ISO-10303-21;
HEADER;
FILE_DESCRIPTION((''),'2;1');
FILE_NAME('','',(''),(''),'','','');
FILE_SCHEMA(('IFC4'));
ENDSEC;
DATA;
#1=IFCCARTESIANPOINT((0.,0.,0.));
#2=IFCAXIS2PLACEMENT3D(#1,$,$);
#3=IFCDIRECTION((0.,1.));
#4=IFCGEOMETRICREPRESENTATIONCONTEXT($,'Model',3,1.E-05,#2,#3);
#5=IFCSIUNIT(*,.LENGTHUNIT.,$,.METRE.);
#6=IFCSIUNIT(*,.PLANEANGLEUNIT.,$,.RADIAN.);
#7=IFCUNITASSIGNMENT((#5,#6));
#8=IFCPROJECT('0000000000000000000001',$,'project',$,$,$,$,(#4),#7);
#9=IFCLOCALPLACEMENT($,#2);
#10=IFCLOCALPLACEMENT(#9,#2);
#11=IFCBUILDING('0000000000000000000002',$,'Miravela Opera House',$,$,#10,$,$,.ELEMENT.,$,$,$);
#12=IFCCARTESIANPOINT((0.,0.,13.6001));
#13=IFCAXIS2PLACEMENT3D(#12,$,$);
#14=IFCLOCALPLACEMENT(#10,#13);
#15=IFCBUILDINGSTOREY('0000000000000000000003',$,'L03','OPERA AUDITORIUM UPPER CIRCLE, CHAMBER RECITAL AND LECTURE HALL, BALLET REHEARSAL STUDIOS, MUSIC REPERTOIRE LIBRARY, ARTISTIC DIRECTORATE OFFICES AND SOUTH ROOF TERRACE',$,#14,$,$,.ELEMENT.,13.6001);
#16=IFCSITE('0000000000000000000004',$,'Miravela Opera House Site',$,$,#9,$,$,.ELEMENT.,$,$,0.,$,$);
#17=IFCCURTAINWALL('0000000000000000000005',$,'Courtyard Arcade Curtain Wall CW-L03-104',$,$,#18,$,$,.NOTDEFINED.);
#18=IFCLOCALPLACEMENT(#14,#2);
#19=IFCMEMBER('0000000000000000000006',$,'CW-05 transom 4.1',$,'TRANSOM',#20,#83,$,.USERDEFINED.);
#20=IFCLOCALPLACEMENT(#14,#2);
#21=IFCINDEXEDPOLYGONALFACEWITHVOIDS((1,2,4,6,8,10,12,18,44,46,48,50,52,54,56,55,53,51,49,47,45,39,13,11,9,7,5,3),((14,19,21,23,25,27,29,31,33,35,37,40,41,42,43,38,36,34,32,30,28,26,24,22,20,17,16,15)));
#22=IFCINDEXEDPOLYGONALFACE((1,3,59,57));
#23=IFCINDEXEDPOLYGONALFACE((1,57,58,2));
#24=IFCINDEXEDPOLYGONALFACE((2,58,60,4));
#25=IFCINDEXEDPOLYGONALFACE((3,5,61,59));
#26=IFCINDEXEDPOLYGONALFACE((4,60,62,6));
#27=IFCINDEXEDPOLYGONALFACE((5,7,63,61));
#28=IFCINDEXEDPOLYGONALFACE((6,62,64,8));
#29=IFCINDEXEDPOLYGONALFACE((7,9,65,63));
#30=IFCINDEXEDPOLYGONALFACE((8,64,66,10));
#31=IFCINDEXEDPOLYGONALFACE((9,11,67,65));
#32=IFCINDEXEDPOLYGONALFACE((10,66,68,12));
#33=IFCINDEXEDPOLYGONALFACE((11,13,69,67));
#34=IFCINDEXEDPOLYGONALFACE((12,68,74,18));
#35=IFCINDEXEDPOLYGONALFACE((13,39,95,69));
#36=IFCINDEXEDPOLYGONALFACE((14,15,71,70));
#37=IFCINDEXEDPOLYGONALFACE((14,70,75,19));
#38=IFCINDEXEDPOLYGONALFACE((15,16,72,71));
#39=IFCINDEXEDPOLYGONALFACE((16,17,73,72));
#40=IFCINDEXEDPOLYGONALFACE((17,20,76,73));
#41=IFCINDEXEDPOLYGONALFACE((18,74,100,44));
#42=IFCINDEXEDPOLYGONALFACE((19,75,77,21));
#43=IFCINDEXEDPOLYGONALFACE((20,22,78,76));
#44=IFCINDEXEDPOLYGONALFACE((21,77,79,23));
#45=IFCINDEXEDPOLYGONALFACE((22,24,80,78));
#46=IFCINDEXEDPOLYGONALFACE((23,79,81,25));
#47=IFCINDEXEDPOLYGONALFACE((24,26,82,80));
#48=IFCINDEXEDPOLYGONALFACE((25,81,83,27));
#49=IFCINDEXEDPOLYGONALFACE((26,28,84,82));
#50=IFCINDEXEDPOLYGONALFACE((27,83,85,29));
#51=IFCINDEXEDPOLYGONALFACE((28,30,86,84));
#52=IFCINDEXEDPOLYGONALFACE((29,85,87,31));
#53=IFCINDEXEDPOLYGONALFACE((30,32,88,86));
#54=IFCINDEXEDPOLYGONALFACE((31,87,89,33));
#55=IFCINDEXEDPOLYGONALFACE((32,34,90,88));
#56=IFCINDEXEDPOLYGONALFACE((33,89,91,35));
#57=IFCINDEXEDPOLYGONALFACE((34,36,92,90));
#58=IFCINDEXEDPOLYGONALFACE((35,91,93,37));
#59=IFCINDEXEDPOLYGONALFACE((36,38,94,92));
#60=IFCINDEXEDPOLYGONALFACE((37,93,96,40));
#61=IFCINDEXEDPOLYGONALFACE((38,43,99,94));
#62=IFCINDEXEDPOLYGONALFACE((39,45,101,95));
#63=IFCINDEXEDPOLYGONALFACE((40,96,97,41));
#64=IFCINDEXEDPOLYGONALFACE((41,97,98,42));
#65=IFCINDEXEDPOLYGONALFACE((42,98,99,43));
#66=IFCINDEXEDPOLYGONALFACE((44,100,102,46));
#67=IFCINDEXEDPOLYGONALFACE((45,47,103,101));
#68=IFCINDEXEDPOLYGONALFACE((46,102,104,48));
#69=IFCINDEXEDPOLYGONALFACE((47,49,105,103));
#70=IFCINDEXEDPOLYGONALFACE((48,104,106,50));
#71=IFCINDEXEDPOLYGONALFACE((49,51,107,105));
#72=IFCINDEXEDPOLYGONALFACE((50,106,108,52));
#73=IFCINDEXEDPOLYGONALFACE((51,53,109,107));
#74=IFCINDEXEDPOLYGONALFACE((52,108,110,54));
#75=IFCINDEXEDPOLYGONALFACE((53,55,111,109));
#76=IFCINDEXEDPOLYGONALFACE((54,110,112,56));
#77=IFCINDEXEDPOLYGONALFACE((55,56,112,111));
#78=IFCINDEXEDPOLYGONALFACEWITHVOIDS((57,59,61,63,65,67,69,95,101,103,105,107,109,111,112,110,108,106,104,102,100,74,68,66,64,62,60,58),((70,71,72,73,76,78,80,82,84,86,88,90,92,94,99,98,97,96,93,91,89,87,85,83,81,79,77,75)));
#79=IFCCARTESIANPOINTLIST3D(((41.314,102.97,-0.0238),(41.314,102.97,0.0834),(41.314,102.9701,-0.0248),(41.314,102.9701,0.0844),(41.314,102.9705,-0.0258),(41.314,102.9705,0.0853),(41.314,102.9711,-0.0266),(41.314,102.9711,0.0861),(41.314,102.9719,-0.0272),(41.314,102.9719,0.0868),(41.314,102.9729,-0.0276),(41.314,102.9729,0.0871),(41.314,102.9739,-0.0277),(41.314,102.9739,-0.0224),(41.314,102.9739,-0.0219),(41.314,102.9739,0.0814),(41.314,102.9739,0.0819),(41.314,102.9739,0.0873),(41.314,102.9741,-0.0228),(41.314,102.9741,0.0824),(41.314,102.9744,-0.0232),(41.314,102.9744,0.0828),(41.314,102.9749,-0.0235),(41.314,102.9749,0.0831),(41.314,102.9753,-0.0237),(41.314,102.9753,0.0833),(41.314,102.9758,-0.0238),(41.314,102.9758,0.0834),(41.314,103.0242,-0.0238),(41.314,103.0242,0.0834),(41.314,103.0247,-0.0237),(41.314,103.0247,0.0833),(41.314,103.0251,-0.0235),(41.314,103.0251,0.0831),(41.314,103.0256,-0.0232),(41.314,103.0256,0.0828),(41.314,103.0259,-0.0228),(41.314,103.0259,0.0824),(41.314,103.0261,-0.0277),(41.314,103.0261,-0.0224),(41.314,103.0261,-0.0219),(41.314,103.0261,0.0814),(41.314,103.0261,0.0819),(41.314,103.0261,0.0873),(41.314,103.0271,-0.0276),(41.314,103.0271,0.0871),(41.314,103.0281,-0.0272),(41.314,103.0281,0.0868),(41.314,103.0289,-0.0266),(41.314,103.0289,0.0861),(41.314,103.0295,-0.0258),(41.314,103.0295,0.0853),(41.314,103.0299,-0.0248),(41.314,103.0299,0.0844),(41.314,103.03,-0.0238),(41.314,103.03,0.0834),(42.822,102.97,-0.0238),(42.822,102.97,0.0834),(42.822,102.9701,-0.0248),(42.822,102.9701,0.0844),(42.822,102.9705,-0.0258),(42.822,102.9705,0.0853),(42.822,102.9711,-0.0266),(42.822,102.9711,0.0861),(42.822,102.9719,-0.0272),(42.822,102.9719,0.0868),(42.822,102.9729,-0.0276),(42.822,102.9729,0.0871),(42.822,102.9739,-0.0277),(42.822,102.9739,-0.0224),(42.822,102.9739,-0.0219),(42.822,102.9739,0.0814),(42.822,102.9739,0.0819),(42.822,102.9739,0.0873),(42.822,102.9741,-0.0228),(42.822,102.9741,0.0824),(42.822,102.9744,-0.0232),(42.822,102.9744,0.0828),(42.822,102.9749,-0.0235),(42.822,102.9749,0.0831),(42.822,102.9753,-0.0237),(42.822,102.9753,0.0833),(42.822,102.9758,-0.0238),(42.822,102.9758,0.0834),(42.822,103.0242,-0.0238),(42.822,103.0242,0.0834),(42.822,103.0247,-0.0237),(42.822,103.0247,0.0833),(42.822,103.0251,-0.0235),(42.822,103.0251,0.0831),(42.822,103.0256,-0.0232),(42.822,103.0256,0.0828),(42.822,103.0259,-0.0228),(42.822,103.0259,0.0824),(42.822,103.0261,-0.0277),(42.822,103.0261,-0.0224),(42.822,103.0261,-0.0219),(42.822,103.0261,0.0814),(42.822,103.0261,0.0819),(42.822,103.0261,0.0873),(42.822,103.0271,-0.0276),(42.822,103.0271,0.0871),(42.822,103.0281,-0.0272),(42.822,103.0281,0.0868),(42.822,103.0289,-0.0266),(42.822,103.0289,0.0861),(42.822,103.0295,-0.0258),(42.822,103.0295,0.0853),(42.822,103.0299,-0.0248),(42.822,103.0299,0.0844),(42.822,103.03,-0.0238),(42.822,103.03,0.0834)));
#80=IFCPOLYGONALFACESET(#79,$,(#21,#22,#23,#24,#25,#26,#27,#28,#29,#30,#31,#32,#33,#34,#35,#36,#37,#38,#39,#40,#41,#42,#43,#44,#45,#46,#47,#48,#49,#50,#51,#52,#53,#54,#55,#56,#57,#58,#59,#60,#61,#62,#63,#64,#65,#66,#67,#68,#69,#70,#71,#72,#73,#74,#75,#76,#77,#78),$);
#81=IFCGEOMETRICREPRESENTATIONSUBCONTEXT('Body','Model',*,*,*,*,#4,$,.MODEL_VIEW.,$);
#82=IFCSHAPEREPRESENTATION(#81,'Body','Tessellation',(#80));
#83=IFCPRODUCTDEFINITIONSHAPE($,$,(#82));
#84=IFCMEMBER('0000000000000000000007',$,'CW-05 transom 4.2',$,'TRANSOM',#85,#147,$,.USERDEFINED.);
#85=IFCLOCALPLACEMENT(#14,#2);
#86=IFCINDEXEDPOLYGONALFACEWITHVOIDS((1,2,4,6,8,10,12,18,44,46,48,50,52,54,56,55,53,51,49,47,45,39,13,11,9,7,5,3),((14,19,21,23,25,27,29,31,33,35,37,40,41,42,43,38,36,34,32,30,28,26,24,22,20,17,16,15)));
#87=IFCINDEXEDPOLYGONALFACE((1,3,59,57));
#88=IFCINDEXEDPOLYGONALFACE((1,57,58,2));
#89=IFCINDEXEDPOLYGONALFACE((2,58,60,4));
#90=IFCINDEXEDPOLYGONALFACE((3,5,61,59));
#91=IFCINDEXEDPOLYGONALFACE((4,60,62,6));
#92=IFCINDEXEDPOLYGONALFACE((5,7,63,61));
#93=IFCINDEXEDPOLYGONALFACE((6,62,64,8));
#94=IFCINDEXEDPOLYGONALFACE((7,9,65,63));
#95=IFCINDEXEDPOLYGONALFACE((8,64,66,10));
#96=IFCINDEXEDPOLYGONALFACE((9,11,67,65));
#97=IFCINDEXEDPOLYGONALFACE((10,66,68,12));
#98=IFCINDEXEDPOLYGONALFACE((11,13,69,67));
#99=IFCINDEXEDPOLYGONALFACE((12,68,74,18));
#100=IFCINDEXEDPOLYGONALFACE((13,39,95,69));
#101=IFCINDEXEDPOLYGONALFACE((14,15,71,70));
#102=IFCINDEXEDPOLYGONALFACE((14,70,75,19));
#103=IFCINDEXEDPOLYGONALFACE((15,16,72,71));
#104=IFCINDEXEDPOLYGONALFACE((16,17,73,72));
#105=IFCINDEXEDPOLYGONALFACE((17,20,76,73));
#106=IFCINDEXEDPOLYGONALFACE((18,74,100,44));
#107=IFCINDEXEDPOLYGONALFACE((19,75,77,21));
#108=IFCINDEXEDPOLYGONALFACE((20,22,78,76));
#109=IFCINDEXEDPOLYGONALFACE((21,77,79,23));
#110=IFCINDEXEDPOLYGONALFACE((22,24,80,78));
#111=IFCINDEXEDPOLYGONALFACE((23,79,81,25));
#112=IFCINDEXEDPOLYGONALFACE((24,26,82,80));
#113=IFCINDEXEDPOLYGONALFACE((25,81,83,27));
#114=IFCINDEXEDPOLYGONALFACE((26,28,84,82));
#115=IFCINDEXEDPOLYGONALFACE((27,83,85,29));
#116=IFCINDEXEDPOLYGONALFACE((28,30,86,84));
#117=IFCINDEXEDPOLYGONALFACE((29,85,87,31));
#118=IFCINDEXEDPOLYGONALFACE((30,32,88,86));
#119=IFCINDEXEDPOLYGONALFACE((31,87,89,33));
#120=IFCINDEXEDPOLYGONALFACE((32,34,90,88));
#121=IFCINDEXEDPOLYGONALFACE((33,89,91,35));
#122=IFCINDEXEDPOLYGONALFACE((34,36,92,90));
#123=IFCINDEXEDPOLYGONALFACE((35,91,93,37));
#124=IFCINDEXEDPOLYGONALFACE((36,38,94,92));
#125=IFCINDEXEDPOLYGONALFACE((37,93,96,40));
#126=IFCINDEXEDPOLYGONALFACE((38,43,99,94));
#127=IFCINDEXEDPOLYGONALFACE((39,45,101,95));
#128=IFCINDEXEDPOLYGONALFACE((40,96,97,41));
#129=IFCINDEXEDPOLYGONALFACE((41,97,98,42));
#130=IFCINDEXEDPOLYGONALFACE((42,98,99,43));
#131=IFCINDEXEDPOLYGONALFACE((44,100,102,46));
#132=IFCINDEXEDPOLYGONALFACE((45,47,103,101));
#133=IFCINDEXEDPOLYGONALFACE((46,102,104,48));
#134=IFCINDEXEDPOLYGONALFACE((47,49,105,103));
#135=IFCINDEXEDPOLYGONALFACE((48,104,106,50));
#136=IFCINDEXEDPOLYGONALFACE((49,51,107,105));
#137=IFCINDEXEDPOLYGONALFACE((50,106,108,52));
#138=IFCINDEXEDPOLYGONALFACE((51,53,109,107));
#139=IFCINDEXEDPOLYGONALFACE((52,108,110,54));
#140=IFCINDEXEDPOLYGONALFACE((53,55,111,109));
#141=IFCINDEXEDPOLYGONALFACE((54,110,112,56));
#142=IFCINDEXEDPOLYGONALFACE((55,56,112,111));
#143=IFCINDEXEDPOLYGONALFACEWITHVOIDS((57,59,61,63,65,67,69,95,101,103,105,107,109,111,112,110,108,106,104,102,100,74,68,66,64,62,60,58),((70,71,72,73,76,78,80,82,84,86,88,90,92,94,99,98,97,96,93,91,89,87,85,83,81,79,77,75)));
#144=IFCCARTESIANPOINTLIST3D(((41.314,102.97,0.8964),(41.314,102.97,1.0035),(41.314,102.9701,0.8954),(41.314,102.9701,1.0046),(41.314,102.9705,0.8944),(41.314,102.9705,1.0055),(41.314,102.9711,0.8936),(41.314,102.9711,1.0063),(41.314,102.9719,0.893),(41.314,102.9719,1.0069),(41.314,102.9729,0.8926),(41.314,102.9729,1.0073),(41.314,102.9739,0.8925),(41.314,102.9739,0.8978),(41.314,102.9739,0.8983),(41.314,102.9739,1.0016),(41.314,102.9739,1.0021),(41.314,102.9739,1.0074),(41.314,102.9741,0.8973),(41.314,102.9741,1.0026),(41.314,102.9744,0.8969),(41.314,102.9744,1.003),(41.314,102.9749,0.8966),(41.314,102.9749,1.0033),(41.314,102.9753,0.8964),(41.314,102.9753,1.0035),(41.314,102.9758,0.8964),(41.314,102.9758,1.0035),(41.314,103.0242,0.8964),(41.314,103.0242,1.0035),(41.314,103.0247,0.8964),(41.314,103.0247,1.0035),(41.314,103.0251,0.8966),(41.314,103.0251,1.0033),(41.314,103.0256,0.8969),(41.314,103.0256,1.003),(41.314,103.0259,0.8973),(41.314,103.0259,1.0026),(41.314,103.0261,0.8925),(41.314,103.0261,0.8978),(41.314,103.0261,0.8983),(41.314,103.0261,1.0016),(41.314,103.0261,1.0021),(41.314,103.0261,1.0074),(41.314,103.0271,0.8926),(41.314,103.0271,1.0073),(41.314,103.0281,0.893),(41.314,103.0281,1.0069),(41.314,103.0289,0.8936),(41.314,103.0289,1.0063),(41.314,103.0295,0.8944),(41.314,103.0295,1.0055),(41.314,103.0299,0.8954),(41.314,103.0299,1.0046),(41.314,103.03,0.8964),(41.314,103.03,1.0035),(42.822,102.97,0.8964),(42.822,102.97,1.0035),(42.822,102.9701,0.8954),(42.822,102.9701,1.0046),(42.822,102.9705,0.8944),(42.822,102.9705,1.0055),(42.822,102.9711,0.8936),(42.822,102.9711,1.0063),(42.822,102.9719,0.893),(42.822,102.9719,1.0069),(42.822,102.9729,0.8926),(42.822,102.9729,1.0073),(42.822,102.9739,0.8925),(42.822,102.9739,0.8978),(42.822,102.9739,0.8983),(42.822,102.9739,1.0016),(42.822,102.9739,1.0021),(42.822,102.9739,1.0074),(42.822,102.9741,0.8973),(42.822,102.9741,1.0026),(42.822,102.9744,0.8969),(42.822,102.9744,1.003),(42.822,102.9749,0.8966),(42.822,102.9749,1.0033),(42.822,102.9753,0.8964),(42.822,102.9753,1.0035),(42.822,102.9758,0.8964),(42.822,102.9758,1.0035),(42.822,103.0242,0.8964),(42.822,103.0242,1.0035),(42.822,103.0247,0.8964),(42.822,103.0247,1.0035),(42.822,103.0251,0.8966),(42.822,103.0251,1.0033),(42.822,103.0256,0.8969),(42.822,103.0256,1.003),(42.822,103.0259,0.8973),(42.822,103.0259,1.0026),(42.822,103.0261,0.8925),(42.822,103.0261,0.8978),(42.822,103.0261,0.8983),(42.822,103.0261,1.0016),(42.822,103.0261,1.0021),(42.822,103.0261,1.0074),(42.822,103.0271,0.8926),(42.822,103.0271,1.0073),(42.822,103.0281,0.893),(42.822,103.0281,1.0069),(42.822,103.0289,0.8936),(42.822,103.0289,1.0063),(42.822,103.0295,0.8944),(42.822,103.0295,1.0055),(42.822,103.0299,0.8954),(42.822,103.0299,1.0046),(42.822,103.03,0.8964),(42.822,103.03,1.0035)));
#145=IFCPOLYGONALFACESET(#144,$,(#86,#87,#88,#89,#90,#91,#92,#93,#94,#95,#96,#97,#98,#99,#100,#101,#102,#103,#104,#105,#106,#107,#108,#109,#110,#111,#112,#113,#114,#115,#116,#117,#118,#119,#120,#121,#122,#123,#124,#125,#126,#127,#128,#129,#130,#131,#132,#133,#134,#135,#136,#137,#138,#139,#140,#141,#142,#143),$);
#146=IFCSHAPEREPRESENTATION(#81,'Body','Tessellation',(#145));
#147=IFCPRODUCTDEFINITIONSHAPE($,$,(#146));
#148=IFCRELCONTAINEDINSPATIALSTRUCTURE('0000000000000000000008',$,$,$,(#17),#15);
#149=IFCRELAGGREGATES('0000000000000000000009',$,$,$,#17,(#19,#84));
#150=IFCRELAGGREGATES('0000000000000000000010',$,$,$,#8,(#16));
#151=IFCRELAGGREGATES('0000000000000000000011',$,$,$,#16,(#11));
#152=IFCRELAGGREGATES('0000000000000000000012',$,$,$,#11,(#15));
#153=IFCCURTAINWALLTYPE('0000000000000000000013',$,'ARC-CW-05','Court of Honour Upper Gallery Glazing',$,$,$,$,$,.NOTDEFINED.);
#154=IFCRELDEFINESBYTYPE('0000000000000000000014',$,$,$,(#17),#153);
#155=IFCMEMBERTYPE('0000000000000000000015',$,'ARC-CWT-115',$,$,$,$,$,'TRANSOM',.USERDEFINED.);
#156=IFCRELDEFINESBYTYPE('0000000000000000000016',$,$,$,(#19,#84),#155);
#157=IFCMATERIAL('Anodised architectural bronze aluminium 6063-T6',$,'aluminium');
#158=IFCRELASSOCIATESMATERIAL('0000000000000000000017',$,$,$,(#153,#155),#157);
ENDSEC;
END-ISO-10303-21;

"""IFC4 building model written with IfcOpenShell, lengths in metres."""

from ifc_helpers import new_model, si_unit, direction, frame, origin, origin_2d, place, context, subcontext, project, spatial, hollow_rectangle, extrude, material, material_profile, profile_set, type_object, element, aggregate, save


model = new_model("IFC4")

# Units and contexts
model_context = context("Model", 3, precision=1e-05, world=origin(), true_north=direction((0.0, 1.0)))
body_context = subcontext(model_context, "Body", "Model", "MODEL_VIEW")
ifc_project = project(units=[si_unit("LENGTHUNIT", "METRE"), si_unit("PLANEANGLEUNIT", "RADIAN")], contexts=[model_context])

# Site, building, storey
site_placement = place(None, origin())
site = spatial("IfcSite", under=ifc_project, at=site_placement, Name="Miravela Opera House Site", CompositionType="ELEMENT", RefElevation=0.0)
building_placement = place(site_placement, origin())
building = spatial("IfcBuilding", under=site, at=building_placement, Name="Miravela Opera House", CompositionType="ELEMENT")
storey_placement = place(building_placement, frame((0.0, 0.0, 13.6001)))
storey = spatial("IfcBuildingStorey", under=building, at=storey_placement, Name="L03", Description="OPERA AUDITORIUM UPPER CIRCLE, CHAMBER RECITAL AND LECTURE HALL, BALLET REHEARSAL STUDIOS, MUSIC REPERTOIRE LIBRARY, ARTISTIC DIRECTORATE OFFICES AND SOUTH ROOF TERRACE", CompositionType="ELEMENT", Elevation=13.6001)

# Curtain wall, members
ifc_material_1 = material(Name="Anodised architectural bronze aluminium 6063-T6", Category="aluminium")
curtain_wall_type = type_object("IfcCurtainWallType", Name="ARC-CW-05", Description="Court of Honour Upper Gallery Glazing", PredefinedType="NOTDEFINED", material=ifc_material_1)
curtain_wall_placement = place(storey_placement, origin())
curtain_wall = element("IfcCurtainWall", 1, at=curtain_wall_placement, inside=storey, type_object=curtain_wall_type, Name="Courtyard Arcade Curtain Wall CW-L03-104", PredefinedType="NOTDEFINED")
ifc_material_profile_1 = material_profile(ifc_material_1, hollow_rectangle(XDim=0.0601, YDim=0.115, WallThickness=0.0039, InnerFilletRadius=0.002, OuterFilletRadius=0.0039, at=origin_2d()), Name="CWT-60X115")
ifc_profile_set_1 = profile_set([ifc_material_profile_1])
member_type_1 = type_object("IfcMemberType", Name="ARC-CWT-115", ElementType="TRANSOM", PredefinedType="USERDEFINED", material=ifc_profile_set_1)
member_1_placement = place(storey_placement, frame((41.314, 103.0, 0.0298), z_axis=(1.0, 0.0, 0.0), x_axis=(0.0, 1.0, 0.0)))
member_1 = element("IfcMember", 2, at=member_1_placement, type_object=member_type_1, Name="CW-05 transom 4.1", ObjectType="TRANSOM", PredefinedType="USERDEFINED", context=body_context, shape_type="SweptSolid", body=[
    extrude(hollow_rectangle(XDim=0.0601, YDim=0.115, WallThickness=0.0039, InnerFilletRadius=0.002, OuterFilletRadius=0.0039, at=origin_2d()), origin(), (0.0, 0.0, 1.0), 1.5081),
])
member_2_placement = place(storey_placement, frame((41.314, 103.0, 0.95), z_axis=(1.0, 0.0, 0.0), x_axis=(0.0, 1.0, 0.0)))
member_2 = element("IfcMember", 3, at=member_2_placement, type_object=member_type_1, Name="CW-05 transom 4.2", ObjectType="TRANSOM", PredefinedType="USERDEFINED", context=body_context, shape_type="SweptSolid", body=[
    extrude(hollow_rectangle(XDim=0.0601, YDim=0.115, WallThickness=0.0039, InnerFilletRadius=0.002, OuterFilletRadius=0.0039, at=origin_2d()), origin(), (0.0, 0.0, 1.0), 1.5081),
])

aggregate(curtain_wall, [member_1, member_2])

save(model, "model.ifc")
